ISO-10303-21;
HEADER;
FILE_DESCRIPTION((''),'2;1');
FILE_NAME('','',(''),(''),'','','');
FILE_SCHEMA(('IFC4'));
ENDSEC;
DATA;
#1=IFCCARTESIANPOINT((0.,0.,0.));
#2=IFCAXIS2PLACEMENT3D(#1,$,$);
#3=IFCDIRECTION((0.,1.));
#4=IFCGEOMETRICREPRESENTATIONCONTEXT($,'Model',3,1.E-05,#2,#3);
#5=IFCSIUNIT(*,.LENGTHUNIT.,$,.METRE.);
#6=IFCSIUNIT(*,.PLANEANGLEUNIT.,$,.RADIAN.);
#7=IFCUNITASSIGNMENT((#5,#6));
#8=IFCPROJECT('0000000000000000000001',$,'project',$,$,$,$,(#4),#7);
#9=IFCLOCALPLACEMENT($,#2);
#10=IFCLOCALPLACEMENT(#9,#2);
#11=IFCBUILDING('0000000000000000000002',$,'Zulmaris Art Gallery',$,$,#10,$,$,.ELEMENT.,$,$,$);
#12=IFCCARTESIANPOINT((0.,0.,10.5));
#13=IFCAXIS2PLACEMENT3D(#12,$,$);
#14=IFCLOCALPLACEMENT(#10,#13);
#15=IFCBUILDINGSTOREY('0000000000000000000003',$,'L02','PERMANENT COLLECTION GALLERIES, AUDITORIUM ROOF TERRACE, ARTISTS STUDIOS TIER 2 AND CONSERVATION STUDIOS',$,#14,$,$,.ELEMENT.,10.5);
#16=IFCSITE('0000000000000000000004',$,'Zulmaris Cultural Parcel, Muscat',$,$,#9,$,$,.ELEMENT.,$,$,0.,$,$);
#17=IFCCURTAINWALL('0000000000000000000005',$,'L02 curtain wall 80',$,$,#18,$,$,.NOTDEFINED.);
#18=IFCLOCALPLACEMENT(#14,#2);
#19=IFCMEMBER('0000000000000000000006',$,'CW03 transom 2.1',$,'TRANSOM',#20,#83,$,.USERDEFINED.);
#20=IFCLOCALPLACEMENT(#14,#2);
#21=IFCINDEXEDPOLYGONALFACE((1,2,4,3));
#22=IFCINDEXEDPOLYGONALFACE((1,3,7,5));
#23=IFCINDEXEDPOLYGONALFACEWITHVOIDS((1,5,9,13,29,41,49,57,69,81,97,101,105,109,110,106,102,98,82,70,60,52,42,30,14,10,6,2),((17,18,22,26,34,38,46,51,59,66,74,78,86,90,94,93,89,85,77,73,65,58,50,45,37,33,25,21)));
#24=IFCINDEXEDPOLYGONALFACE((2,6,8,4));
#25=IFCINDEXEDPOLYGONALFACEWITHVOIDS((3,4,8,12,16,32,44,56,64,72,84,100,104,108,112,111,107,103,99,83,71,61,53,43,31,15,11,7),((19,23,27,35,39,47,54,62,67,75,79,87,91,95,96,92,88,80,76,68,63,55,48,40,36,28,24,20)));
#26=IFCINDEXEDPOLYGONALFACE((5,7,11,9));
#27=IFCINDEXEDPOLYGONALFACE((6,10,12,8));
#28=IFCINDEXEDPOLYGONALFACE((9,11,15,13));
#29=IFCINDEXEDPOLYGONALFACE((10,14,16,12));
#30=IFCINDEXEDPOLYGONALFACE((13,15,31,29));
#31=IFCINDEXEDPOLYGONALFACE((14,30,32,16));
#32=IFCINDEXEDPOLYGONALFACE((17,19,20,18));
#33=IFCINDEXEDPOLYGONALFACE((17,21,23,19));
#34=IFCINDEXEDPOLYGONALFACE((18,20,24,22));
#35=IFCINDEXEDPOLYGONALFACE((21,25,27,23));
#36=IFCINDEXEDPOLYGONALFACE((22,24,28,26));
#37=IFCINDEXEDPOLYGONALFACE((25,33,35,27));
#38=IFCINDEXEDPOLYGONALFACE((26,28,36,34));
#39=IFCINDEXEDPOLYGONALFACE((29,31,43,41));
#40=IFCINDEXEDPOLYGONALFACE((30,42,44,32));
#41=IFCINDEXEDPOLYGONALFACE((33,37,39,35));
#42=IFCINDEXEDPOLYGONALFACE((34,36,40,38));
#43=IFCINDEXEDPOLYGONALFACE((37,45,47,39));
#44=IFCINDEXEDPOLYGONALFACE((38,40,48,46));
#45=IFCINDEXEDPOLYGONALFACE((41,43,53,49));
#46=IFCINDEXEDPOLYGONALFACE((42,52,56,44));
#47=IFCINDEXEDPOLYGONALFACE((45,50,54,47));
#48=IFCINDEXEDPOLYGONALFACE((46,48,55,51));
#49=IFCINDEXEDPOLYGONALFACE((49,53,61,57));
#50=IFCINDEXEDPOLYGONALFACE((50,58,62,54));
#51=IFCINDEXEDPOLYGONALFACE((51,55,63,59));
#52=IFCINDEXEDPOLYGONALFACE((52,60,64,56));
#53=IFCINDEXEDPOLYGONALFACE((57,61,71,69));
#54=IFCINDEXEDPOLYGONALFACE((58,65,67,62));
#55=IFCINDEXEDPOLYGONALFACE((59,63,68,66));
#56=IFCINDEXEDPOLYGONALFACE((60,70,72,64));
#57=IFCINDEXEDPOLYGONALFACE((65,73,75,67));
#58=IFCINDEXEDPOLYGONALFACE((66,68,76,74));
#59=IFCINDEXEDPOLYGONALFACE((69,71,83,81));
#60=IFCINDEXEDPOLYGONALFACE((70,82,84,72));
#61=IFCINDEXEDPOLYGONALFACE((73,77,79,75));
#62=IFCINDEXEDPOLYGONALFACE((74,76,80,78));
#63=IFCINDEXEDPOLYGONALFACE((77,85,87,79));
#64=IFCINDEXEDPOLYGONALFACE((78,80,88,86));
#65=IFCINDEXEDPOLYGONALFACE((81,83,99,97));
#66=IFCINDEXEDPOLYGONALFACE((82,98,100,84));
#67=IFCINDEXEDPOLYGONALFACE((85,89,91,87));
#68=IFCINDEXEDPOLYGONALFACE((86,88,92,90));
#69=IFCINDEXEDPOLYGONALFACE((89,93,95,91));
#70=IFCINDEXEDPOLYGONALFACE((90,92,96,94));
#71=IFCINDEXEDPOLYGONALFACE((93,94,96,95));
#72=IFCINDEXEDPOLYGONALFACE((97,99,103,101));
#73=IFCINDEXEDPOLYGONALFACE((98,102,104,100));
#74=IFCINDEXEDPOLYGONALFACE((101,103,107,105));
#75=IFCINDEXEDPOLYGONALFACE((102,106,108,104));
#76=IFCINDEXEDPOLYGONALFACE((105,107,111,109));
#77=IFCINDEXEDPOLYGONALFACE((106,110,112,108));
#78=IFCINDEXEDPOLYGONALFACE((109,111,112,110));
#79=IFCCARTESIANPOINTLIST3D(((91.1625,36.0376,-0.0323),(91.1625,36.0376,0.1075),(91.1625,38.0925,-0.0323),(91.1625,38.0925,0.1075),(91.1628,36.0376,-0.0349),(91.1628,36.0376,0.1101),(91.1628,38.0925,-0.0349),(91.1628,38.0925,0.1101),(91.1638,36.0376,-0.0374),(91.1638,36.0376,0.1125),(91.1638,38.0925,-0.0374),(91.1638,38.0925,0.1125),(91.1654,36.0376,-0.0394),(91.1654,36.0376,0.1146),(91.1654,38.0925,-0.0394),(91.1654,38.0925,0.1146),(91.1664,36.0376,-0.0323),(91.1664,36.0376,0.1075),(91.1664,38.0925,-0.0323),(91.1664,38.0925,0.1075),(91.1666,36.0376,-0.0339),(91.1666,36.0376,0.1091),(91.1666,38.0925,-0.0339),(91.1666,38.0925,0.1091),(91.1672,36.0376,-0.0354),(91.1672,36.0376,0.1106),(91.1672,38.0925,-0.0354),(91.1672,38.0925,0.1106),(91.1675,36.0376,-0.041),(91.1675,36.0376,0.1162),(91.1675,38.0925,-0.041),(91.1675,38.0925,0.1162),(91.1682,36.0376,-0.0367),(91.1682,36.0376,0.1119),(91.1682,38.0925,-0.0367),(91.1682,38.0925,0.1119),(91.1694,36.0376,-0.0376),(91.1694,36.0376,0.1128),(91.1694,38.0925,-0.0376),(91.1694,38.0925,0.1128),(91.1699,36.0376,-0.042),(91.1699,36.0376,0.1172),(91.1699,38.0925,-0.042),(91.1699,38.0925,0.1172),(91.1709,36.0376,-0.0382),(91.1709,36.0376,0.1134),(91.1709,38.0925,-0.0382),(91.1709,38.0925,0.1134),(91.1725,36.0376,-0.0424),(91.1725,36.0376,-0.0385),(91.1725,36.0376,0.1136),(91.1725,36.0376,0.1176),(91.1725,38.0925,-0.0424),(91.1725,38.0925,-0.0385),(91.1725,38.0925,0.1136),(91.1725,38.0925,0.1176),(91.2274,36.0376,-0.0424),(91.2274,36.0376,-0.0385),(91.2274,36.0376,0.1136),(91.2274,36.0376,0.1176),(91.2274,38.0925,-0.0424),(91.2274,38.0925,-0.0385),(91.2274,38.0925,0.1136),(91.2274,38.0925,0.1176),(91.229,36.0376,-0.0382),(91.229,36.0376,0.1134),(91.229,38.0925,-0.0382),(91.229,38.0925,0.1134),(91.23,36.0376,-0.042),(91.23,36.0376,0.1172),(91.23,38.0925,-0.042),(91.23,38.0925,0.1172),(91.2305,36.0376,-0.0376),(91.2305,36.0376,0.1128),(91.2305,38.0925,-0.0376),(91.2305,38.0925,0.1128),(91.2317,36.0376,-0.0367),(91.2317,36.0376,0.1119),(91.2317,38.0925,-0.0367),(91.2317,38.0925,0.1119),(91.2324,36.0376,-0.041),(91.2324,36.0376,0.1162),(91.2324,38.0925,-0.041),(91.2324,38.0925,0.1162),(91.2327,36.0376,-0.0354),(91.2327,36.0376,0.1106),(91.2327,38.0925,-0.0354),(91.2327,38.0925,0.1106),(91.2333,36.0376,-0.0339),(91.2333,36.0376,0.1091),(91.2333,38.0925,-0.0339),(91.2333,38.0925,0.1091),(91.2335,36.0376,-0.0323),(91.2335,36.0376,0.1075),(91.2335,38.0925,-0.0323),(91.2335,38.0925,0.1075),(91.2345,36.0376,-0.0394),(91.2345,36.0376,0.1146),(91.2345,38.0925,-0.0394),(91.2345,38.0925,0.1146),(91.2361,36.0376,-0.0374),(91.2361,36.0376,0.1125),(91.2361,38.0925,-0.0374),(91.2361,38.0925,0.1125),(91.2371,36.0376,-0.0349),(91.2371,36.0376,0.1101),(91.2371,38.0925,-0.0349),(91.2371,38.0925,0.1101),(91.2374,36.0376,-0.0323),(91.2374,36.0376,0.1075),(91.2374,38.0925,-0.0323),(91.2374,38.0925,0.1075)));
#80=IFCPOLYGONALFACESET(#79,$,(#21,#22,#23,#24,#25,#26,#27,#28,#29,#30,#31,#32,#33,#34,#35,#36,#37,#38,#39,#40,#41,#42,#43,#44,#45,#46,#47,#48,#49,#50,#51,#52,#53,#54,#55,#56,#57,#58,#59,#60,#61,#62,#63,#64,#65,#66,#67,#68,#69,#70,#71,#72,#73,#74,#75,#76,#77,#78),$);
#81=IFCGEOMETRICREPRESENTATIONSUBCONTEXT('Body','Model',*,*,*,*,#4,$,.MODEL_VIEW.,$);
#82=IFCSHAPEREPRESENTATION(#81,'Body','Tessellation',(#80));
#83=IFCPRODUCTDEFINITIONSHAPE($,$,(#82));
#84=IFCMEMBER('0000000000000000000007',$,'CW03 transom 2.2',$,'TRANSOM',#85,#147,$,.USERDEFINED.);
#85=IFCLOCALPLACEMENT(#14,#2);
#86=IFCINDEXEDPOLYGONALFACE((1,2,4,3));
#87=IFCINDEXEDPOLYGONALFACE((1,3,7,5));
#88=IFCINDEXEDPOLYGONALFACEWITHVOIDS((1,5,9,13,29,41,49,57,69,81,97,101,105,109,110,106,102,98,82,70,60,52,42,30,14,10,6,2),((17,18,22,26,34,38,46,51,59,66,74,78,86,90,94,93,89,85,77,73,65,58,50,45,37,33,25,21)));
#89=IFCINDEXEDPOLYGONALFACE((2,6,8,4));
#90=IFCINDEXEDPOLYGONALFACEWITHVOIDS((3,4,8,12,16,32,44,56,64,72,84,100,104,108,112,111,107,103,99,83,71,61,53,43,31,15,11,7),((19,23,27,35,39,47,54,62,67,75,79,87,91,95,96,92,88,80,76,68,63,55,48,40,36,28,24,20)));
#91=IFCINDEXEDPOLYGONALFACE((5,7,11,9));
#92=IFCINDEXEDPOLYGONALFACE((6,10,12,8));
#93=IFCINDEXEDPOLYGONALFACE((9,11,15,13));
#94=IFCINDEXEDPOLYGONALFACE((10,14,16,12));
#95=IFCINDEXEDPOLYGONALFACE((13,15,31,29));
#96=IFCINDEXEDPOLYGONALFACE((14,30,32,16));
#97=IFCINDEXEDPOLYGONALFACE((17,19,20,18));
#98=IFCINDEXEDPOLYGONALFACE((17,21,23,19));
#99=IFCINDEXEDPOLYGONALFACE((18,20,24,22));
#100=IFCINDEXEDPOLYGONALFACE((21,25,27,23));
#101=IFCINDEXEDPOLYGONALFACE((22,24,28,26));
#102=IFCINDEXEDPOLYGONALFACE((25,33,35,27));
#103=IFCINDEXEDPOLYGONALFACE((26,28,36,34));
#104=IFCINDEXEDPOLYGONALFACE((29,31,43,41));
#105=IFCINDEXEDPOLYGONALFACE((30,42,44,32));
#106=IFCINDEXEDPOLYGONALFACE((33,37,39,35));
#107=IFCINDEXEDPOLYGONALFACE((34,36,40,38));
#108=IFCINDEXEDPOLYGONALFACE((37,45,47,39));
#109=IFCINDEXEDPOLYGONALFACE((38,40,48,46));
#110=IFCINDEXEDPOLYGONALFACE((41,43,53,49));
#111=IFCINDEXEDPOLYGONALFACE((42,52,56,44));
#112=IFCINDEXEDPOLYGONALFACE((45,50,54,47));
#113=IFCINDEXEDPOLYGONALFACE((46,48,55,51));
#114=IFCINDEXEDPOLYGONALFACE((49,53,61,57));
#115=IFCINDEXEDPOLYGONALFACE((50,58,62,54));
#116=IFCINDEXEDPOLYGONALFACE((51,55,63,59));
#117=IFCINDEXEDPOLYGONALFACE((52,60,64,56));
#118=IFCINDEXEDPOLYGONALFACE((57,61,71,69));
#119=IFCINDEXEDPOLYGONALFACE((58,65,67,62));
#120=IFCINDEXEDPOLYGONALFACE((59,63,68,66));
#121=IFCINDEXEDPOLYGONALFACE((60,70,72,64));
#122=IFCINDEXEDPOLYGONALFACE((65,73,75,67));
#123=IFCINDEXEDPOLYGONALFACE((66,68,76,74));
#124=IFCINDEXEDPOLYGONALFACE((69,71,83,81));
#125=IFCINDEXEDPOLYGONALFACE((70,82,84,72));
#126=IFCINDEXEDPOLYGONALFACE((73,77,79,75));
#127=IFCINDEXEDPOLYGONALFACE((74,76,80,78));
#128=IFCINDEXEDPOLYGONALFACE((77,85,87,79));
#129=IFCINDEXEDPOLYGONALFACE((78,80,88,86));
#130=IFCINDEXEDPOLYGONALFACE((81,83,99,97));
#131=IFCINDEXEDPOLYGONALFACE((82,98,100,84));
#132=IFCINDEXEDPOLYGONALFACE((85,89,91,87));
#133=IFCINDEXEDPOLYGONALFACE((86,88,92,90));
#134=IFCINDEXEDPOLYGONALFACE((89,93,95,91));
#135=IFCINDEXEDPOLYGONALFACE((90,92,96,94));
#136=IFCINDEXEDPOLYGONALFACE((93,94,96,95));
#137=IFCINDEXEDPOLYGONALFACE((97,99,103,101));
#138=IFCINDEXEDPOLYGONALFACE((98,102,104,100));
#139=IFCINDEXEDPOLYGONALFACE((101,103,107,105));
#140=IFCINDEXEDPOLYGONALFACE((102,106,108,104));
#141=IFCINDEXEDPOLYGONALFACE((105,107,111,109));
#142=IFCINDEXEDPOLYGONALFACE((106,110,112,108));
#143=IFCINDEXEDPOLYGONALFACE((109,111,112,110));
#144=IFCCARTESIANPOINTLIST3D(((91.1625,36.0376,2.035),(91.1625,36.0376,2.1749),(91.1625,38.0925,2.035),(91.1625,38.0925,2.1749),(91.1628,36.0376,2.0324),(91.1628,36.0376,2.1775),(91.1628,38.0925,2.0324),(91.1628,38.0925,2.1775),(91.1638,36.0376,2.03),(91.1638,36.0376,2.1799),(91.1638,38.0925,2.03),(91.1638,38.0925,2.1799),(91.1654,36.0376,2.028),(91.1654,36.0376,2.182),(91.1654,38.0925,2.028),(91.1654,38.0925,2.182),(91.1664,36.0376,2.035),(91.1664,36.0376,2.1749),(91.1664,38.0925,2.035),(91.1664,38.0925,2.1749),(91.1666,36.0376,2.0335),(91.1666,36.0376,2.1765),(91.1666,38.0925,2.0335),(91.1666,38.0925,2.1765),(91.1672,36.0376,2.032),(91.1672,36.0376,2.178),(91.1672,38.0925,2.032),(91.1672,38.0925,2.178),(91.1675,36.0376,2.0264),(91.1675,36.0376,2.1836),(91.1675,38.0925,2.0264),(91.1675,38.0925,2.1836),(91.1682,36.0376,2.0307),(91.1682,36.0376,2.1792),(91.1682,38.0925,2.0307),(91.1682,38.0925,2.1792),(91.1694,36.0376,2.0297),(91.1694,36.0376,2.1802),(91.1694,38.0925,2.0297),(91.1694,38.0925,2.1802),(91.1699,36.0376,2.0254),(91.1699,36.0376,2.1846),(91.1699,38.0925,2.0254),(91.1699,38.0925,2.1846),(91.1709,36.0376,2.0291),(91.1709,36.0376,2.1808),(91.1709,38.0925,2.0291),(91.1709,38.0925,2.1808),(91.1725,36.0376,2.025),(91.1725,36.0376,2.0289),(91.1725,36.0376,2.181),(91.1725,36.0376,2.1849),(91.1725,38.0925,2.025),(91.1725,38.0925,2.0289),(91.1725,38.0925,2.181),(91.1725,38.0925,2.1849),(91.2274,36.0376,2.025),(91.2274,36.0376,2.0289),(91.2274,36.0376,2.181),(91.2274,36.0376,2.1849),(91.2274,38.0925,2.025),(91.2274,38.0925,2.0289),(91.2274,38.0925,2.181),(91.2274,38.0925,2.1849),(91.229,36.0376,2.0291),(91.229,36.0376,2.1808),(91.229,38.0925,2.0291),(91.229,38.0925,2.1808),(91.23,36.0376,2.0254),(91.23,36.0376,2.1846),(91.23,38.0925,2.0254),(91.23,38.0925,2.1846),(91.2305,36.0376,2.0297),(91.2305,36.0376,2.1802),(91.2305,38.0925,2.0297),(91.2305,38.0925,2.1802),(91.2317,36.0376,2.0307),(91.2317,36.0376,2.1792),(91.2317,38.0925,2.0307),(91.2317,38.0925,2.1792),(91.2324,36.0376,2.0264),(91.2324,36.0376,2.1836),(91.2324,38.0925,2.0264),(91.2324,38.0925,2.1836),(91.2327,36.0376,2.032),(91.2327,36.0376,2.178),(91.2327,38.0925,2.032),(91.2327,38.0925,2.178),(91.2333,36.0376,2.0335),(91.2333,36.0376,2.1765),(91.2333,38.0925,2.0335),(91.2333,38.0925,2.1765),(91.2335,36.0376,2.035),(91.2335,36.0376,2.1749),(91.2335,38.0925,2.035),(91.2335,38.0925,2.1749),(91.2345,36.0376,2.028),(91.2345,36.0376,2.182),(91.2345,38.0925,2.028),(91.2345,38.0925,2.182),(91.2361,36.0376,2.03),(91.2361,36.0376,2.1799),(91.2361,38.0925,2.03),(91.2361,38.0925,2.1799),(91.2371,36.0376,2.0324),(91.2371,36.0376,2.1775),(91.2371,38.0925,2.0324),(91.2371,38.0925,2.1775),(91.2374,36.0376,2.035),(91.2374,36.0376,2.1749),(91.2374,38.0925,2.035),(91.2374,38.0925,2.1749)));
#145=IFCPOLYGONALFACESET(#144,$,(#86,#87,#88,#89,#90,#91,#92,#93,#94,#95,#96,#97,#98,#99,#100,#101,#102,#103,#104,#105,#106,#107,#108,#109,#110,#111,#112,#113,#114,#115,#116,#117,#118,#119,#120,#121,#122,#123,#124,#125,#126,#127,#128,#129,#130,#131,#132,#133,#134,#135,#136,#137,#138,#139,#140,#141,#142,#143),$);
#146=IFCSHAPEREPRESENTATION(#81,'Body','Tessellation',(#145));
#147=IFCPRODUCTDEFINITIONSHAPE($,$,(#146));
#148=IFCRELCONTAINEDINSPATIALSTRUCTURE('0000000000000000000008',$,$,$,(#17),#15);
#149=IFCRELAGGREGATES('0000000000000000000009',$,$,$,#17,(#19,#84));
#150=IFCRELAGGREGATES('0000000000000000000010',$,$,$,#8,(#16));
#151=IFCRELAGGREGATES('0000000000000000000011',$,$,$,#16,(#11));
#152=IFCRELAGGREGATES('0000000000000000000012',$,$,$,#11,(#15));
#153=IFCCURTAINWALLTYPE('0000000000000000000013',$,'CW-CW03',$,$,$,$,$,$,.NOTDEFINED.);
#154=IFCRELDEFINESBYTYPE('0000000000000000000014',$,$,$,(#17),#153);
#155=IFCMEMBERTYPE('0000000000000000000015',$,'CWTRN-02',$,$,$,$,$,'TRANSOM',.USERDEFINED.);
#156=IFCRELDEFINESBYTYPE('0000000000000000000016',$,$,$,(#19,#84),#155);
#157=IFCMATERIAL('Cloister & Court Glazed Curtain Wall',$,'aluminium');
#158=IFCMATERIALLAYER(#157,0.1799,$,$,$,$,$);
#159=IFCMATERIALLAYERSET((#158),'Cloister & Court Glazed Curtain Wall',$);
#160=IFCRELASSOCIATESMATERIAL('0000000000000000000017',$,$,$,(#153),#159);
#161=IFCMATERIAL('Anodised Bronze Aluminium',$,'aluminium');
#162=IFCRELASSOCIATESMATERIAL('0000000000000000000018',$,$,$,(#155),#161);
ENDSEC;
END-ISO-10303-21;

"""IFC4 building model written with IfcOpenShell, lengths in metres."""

from ifc_helpers import new_model, si_unit, direction, frame, origin, origin_2d, place, context, subcontext, project, spatial, hollow_rectangle, extrude, material, layer, layer_set, material_profile, profile_set, type_object, element, aggregate, save


model = new_model("IFC4")

# Units and contexts
model_context = context("Model", 3, precision=1e-05, world=origin(), true_north=direction((0.0, 1.0)))
body_context = subcontext(model_context, "Body", "Model", "MODEL_VIEW")
ifc_project = project(units=[si_unit("LENGTHUNIT", "METRE"), si_unit("PLANEANGLEUNIT", "RADIAN")], contexts=[model_context])

# Site, building, storey
site_placement = place(None, origin())
site = spatial("IfcSite", under=ifc_project, at=site_placement, Name="Zulmaris Cultural Parcel, Muscat", CompositionType="ELEMENT", RefElevation=0.0)
building_placement = place(site_placement, origin())
building = spatial("IfcBuilding", under=site, at=building_placement, Name="Zulmaris Art Gallery", CompositionType="ELEMENT")
storey_placement = place(building_placement, frame((0.0, 0.0, 10.5)))
storey = spatial("IfcBuildingStorey", under=building, at=storey_placement, Name="L02", Description="PERMANENT COLLECTION GALLERIES, AUDITORIUM ROOF TERRACE, ARTISTS STUDIOS TIER 2 AND CONSERVATION STUDIOS", CompositionType="ELEMENT", Elevation=10.5)

# Curtain wall
ifc_material_1 = material(Name="Cloister & Court Glazed Curtain Wall", Category="aluminium")
ifc_layer_1 = layer(ifc_material_1, 0.1799)
ifc_layer_set_1 = layer_set([ifc_layer_1], Name="Cloister & Court Glazed Curtain Wall")
curtain_wall_type = type_object("IfcCurtainWallType", Name="CW-CW03", PredefinedType="NOTDEFINED", material=ifc_layer_set_1)
curtain_wall_1_placement = place(storey_placement, origin())
curtain_wall_1 = element("IfcCurtainWall", 1, at=curtain_wall_1_placement, inside=storey, type_object=curtain_wall_type, Name="L02 curtain wall 80", PredefinedType="NOTDEFINED")
ifc_material_2 = material(Name="Anodised Bronze Aluminium", Category="aluminium")

# Shared definitions
ifc_material_profile_1 = material_profile(ifc_material_2, hollow_rectangle(XDim=0.075, YDim=0.1599, WallThickness=0.0039, InnerFilletRadius=0.0061, OuterFilletRadius=0.01, at=origin_2d()), Name="ALU 75x160x4")
ifc_profile_set_1 = profile_set([ifc_material_profile_1], Name="Anodised Bronze Aluminium")
member_type_1 = type_object("IfcMemberType", Name="CWTRN-02", ElementType="TRANSOM", PredefinedType="USERDEFINED", material=ifc_profile_set_1)

# Members
member_1_placement = place(storey_placement, frame((91.2, 38.0925, 0.0376), z_axis=(0.0, -1.0, 0.0), x_axis=(1.0, 0.0, 0.0)))
member_1 = element("IfcMember", 2, at=member_1_placement, type_object=member_type_1, Name="CW03 transom 2.1", ObjectType="TRANSOM", PredefinedType="USERDEFINED", context=body_context, shape_type="SweptSolid", body=[
    extrude(hollow_rectangle(XDim=0.075, YDim=0.1599, WallThickness=0.0039, InnerFilletRadius=0.0061, OuterFilletRadius=0.01, at=origin_2d()), origin(), (0.0, 0.0, 1.0), 2.0549),
])
member_2_placement = place(storey_placement, frame((91.2, 38.0925, 2.105), z_axis=(0.0, -1.0, 0.0), x_axis=(1.0, 0.0, 0.0)))
member_2 = element("IfcMember", 3, at=member_2_placement, type_object=member_type_1, Name="CW03 transom 2.2", ObjectType="TRANSOM", PredefinedType="USERDEFINED", context=body_context, shape_type="SweptSolid", body=[
    extrude(hollow_rectangle(XDim=0.075, YDim=0.1599, WallThickness=0.0039, InnerFilletRadius=0.0061, OuterFilletRadius=0.01, at=origin_2d()), origin(), (0.0, 0.0, 1.0), 2.0549),
])

aggregate(curtain_wall_1, [member_1, member_2])

save(model, "model.ifc")
